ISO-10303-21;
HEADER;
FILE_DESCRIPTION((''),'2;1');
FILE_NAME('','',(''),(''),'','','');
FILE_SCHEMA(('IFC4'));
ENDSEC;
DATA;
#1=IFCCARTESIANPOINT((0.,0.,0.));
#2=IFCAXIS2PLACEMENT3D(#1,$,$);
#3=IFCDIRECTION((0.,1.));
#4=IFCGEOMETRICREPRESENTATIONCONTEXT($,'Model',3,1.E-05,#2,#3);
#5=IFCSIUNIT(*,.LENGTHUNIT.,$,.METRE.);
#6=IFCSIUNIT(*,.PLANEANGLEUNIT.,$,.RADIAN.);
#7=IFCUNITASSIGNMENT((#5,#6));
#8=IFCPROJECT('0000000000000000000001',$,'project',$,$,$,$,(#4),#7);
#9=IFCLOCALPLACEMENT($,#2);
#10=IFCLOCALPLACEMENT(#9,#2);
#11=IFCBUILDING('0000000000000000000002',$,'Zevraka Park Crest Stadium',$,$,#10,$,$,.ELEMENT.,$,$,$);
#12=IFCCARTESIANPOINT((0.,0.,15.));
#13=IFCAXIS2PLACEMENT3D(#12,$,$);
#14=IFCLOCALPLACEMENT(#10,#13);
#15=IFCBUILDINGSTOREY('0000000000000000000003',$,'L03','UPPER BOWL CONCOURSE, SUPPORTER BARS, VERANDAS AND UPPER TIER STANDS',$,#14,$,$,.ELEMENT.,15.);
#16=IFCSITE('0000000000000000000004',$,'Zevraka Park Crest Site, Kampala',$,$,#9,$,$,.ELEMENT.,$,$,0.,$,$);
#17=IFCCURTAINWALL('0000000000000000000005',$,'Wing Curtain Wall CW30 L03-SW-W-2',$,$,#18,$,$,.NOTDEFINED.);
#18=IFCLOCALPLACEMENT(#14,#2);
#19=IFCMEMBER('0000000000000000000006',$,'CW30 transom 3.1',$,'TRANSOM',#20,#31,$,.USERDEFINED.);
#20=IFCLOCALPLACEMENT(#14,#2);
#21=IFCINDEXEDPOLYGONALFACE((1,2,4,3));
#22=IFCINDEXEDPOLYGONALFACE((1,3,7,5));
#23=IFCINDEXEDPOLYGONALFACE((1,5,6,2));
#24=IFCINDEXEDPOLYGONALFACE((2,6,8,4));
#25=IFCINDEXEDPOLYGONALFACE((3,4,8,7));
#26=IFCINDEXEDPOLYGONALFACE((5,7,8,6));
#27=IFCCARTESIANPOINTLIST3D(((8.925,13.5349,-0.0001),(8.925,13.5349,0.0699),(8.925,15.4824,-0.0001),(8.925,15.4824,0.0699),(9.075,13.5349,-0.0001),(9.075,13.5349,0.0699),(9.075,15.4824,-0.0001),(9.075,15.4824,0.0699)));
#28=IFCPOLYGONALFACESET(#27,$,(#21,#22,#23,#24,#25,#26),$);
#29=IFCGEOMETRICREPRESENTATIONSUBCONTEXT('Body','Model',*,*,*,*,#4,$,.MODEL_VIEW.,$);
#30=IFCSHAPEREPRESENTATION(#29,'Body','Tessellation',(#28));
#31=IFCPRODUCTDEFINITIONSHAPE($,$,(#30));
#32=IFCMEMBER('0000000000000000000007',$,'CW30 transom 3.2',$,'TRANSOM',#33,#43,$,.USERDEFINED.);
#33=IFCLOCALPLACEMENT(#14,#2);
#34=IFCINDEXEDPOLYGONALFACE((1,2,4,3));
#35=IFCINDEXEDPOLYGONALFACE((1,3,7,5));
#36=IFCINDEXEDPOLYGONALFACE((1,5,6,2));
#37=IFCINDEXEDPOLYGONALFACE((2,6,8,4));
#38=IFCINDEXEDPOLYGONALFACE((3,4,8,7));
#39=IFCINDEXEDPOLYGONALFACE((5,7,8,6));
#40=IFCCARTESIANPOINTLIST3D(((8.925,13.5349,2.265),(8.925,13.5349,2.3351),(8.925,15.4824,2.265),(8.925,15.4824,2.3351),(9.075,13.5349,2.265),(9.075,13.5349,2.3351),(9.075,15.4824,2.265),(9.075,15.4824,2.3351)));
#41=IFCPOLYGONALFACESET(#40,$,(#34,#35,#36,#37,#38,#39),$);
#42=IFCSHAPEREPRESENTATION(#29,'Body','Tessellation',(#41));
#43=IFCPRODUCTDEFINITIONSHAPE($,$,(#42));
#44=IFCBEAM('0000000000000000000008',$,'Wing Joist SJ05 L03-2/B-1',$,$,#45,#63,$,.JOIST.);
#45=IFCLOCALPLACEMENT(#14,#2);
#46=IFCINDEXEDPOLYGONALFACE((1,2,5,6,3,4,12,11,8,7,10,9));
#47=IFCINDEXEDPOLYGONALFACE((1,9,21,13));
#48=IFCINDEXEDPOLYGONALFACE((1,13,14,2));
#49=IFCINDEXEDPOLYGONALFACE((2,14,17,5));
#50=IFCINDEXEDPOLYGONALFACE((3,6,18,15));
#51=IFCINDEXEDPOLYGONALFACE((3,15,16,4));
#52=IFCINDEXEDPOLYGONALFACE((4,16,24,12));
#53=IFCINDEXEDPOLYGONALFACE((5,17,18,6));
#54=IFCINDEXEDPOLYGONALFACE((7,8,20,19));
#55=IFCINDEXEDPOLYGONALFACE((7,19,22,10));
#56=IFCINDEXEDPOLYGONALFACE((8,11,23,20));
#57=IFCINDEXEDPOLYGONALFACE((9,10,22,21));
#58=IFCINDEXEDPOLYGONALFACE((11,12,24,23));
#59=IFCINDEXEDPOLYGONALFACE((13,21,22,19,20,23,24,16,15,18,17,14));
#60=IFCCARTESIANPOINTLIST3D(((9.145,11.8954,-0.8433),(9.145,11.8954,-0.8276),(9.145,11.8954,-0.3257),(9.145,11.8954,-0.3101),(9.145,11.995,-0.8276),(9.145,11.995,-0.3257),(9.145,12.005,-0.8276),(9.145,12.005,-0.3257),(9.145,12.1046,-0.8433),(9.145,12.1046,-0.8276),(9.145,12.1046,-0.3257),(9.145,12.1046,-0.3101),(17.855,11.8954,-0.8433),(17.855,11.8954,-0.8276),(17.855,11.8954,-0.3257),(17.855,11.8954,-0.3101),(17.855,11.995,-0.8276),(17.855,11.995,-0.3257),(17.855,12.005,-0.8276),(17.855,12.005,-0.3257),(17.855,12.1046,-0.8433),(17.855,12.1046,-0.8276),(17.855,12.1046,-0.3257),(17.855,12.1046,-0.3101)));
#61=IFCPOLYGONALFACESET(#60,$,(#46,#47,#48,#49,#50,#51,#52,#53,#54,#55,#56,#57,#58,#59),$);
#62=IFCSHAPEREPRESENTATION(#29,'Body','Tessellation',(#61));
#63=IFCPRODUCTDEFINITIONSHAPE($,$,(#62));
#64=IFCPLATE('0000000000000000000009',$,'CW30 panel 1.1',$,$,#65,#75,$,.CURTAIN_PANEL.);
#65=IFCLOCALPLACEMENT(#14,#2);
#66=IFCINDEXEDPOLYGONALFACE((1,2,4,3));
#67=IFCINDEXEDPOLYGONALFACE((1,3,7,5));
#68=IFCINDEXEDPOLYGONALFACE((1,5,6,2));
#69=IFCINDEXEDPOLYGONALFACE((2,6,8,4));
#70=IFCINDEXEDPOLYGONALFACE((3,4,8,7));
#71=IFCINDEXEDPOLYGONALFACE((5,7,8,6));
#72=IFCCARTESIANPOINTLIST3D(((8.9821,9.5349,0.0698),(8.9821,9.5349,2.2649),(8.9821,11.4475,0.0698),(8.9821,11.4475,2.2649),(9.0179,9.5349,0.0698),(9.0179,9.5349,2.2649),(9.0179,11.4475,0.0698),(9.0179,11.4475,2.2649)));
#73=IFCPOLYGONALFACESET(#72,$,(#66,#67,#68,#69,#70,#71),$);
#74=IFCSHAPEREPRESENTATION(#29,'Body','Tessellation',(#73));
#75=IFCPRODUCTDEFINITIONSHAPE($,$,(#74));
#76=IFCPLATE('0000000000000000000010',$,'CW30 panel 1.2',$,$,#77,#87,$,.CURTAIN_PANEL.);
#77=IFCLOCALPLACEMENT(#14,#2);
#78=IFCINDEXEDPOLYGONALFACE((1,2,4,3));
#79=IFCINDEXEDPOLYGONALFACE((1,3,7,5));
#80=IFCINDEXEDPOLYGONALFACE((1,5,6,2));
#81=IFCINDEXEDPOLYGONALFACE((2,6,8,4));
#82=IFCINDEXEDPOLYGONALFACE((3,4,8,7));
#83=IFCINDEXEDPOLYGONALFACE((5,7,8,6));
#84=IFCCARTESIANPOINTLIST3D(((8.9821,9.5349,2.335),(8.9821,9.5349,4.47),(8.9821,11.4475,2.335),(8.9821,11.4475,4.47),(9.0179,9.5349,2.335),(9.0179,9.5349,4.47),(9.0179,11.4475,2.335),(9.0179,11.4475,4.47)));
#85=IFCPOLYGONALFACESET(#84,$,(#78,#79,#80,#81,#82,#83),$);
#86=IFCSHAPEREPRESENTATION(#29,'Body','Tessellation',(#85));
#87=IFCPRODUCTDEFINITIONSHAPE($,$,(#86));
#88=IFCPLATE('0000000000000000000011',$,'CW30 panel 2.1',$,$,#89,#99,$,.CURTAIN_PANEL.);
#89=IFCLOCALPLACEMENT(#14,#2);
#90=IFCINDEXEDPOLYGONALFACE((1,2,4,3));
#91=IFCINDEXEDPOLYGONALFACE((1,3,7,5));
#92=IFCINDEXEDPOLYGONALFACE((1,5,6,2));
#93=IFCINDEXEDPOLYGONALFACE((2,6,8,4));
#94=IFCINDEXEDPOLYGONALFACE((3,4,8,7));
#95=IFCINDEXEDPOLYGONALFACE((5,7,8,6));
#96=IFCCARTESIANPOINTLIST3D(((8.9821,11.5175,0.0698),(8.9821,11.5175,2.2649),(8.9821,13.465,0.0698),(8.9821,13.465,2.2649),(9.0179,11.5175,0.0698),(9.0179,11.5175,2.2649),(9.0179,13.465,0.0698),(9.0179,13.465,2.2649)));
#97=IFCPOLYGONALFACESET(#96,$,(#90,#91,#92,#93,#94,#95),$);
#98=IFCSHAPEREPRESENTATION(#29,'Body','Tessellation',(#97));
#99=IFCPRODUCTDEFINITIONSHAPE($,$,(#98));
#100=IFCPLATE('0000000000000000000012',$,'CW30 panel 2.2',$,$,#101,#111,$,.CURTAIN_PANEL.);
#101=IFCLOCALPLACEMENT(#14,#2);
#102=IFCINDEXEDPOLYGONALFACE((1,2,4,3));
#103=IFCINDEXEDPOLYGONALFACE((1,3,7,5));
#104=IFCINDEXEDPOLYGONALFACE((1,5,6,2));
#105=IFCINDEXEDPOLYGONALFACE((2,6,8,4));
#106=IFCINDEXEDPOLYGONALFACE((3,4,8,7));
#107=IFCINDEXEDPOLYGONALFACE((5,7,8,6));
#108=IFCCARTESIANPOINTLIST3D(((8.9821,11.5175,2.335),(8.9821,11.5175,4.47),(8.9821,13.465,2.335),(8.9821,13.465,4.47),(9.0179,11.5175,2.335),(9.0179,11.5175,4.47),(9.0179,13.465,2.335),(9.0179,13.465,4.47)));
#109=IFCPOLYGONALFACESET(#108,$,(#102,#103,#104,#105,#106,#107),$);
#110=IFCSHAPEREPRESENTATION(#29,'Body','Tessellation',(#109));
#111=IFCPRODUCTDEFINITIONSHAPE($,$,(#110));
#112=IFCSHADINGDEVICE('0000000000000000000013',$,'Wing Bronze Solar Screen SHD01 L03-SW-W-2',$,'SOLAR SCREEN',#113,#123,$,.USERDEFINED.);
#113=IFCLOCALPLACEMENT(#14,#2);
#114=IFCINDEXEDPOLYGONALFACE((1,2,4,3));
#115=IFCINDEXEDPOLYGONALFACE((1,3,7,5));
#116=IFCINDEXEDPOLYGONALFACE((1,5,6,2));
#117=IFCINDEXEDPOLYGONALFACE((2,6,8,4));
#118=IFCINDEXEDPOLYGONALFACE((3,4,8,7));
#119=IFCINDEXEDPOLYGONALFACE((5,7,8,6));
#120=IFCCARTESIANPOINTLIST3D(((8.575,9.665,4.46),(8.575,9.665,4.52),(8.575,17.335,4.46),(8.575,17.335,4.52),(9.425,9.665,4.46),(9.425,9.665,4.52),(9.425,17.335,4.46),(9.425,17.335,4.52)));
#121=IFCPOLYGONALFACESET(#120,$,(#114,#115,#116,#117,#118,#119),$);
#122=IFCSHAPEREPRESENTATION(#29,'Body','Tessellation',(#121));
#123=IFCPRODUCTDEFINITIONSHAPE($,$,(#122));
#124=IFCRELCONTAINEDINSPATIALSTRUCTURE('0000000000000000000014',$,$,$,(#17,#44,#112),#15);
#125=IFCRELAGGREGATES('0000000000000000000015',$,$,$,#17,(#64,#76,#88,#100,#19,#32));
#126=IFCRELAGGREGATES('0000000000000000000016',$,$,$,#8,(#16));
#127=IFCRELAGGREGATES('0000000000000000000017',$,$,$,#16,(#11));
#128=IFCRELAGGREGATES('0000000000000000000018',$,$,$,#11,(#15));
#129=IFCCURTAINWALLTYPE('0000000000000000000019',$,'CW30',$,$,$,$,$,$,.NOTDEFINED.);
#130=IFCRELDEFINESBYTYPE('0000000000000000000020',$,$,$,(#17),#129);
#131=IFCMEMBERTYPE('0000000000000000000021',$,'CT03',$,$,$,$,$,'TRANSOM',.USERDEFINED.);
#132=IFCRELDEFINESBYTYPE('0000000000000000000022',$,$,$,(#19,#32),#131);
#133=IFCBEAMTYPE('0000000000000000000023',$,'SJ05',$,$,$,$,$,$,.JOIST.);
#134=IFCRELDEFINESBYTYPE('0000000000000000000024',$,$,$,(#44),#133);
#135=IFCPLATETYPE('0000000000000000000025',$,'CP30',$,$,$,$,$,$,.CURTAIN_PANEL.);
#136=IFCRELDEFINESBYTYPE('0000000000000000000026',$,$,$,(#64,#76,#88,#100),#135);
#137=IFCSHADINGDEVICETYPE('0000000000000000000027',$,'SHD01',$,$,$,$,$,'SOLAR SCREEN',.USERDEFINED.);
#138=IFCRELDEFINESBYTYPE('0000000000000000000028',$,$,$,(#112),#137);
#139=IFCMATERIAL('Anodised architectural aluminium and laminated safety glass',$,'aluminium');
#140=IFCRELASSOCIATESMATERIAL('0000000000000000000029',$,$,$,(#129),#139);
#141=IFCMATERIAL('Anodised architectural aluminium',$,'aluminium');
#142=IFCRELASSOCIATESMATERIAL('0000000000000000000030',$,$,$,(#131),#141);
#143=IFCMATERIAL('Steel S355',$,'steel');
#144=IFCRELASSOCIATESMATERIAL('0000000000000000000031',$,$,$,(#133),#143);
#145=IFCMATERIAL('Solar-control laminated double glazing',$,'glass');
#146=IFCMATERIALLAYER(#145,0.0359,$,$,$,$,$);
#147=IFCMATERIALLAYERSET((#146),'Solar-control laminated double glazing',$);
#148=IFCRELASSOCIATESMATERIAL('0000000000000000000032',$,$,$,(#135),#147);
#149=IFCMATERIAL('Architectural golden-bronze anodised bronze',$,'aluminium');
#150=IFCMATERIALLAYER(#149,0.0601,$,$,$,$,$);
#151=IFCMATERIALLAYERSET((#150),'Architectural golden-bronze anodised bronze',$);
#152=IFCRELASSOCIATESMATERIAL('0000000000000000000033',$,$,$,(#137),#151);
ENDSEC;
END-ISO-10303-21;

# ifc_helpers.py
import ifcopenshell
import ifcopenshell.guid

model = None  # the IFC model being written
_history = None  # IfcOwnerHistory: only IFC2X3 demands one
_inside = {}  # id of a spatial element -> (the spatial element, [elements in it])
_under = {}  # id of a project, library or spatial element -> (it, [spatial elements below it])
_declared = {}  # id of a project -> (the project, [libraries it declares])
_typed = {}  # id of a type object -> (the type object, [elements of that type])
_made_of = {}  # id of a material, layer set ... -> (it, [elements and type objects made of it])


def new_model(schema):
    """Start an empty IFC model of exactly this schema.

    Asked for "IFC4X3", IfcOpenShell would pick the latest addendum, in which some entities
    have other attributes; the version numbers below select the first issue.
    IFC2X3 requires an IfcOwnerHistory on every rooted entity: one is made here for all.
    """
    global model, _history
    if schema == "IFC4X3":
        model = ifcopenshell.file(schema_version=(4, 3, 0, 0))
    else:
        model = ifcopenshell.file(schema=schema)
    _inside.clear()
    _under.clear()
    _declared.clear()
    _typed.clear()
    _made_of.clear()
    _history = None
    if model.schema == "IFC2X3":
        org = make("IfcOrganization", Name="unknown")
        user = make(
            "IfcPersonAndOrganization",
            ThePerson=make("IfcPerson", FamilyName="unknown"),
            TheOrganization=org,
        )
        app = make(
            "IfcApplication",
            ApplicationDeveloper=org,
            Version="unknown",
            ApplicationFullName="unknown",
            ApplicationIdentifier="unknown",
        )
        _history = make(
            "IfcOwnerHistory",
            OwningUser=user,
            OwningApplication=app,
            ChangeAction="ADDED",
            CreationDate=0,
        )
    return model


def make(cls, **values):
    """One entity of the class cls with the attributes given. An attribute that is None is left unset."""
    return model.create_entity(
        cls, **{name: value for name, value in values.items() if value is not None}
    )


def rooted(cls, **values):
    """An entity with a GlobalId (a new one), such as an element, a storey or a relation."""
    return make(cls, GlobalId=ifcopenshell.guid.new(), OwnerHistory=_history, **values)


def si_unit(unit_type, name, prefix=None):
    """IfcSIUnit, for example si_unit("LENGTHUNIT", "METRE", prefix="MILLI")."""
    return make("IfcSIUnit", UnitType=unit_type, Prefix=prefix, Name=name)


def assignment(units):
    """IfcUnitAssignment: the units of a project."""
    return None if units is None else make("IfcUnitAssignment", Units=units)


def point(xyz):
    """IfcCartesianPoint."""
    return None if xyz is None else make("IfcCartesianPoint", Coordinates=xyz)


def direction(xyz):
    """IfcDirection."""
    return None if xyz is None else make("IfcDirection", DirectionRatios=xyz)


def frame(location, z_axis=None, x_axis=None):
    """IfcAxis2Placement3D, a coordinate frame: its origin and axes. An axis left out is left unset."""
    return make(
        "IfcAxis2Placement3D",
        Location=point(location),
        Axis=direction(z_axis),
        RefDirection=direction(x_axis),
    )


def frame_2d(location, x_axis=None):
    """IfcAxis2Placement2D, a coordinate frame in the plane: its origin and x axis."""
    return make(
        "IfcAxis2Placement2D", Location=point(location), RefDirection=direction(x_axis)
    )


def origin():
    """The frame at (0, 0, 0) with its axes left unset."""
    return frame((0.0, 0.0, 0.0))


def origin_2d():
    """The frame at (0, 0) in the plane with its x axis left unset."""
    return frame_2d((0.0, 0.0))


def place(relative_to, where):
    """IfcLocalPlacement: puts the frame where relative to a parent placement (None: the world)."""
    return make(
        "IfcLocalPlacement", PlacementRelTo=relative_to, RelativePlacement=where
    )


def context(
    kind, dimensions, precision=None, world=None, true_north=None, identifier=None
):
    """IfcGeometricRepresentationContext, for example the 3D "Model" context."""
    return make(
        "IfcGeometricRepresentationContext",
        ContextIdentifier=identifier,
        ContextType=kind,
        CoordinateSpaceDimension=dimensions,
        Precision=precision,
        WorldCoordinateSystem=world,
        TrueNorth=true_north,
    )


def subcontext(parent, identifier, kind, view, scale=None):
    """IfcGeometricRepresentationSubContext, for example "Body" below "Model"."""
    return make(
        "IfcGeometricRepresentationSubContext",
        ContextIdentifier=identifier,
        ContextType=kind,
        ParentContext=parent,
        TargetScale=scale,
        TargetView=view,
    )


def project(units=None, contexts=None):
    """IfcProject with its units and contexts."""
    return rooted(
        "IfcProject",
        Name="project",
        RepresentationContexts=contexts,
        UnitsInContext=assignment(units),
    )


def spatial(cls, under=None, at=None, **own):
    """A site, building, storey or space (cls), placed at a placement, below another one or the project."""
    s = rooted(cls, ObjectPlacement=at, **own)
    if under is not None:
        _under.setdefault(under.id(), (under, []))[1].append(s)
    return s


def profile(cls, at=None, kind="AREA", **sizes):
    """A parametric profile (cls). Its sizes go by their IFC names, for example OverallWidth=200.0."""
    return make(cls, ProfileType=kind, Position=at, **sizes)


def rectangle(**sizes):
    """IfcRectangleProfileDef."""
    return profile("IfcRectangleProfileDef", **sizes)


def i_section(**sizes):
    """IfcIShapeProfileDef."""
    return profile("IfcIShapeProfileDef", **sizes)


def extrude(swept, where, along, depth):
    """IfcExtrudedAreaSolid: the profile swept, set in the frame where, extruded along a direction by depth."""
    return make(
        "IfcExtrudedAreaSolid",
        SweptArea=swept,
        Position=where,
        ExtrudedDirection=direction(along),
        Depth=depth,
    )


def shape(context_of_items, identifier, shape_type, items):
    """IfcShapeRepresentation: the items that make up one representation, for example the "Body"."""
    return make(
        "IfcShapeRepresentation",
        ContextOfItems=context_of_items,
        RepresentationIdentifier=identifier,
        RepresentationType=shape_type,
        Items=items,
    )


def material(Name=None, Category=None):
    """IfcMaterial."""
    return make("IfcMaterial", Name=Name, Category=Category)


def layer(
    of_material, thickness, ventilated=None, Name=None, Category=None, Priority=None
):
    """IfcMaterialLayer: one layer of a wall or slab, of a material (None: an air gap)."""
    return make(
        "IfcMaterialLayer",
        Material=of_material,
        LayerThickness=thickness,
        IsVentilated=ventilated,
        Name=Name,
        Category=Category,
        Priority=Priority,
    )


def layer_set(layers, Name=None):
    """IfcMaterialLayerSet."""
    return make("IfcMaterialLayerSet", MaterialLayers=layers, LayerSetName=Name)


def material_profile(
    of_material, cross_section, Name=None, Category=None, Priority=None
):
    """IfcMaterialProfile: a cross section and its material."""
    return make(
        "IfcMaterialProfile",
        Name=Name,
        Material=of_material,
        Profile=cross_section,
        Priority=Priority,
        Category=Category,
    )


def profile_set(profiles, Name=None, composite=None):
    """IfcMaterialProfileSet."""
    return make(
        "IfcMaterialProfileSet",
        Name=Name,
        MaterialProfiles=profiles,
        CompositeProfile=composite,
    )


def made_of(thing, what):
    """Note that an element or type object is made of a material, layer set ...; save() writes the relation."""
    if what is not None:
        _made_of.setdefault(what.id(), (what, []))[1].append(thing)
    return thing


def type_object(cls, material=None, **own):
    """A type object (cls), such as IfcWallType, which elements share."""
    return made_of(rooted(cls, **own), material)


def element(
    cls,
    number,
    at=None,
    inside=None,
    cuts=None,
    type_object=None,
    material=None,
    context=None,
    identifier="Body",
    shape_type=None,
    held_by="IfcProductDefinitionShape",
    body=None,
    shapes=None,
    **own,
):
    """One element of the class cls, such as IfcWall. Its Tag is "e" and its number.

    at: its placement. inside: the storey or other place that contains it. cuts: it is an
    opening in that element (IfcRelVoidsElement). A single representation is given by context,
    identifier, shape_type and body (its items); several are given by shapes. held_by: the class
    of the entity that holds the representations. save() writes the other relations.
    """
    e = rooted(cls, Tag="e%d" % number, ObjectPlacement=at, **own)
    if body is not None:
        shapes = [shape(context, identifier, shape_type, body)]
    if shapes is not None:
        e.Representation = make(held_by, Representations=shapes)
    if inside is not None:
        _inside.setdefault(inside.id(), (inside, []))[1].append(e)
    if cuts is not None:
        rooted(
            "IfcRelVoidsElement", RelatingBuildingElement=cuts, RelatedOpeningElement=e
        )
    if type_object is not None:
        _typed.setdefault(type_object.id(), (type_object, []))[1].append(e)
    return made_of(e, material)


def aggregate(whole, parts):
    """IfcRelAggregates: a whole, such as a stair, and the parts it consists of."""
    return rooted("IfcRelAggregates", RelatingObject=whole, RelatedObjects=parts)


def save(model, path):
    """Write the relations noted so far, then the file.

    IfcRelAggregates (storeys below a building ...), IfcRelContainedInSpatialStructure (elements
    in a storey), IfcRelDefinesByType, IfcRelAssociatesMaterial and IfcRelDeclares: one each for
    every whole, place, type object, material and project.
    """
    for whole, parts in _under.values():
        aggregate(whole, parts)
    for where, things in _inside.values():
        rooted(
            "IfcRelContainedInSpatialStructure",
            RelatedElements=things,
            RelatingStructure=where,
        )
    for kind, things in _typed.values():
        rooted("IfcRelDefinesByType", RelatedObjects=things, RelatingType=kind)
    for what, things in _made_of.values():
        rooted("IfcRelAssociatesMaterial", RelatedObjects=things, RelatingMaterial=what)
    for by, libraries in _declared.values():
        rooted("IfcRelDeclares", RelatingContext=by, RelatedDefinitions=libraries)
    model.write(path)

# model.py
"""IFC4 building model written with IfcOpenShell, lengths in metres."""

from ifc_helpers import new_model, si_unit, direction, frame, origin, origin_2d, place, context, subcontext, project, spatial, rectangle, i_section, extrude, material, layer, layer_set, material_profile, profile_set, type_object, element, aggregate, save


model = new_model("IFC4")

# Units and contexts
model_context = context("Model", 3, precision=1e-05, world=origin(), true_north=direction((0.0, 1.0)))
body_context = subcontext(model_context, "Body", "Model", "MODEL_VIEW")
ifc_project = project(units=[si_unit("LENGTHUNIT", "METRE"), si_unit("PLANEANGLEUNIT", "RADIAN")], contexts=[model_context])

# Site, building, storey
site_placement = place(None, origin())
site = spatial("IfcSite", under=ifc_project, at=site_placement, Name="Zevraka Park Crest Site, Kampala", CompositionType="ELEMENT", RefElevation=0.0)
building_placement = place(site_placement, origin())
building = spatial("IfcBuilding", under=site, at=building_placement, Name="Zevraka Park Crest Stadium", CompositionType="ELEMENT")
storey_placement = place(building_placement, frame((0.0, 0.0, 15.0)))
storey = spatial("IfcBuildingStorey", under=building, at=storey_placement, Name="L03", Description="UPPER BOWL CONCOURSE, SUPPORTER BARS, VERANDAS AND UPPER TIER STANDS", CompositionType="ELEMENT", Elevation=15.0)

# Curtain wall, members
ifc_material_1 = material(Name="Anodised architectural aluminium and laminated safety glass", Category="aluminium")
curtain_wall_type = type_object("IfcCurtainWallType", Name="CW30", PredefinedType="NOTDEFINED", material=ifc_material_1)
curtain_wall_placement = place(storey_placement, origin())
curtain_wall = element("IfcCurtainWall", 1, at=curtain_wall_placement, inside=storey, type_object=curtain_wall_type, Name="Wing Curtain Wall CW30 L03-SW-W-2", PredefinedType="NOTDEFINED")
ifc_material_2 = material(Name="Anodised architectural aluminium", Category="aluminium")
ifc_material_profile_1 = material_profile(ifc_material_2, rectangle(XDim=0.1499, YDim=0.0701, at=origin_2d()), Name="ALU TRANSOM 150x70")
ifc_profile_set_1 = profile_set([ifc_material_profile_1], Name="Anodised architectural aluminium")
member_type_1 = type_object("IfcMemberType", Name="CT03", ElementType="TRANSOM", PredefinedType="USERDEFINED", material=ifc_profile_set_1)
member_1_placement = place(storey_placement, frame((9.0, 13.5349, 0.0349), z_axis=(0.0, 1.0, 0.0), x_axis=(-1.0, 0.0, 0.0)))
member_1 = element("IfcMember", 2, at=member_1_placement, type_object=member_type_1, Name="CW30 transom 3.1", ObjectType="TRANSOM", PredefinedType="USERDEFINED", context=body_context, shape_type="SweptSolid", body=[
    extrude(rectangle(XDim=0.1499, YDim=0.0701, at=origin_2d()), origin(), (0.0, 0.0, 1.0), 1.9475),
])
member_2_placement = place(storey_placement, frame((9.0, 13.5349, 2.3), z_axis=(0.0, 1.0, 0.0), x_axis=(-1.0, 0.0, 0.0)))
member_2 = element("IfcMember", 3, at=member_2_placement, type_object=member_type_1, Name="CW30 transom 3.2", ObjectType="TRANSOM", PredefinedType="USERDEFINED", context=body_context, shape_type="SweptSolid", body=[
    extrude(rectangle(XDim=0.1499, YDim=0.0701, at=origin_2d()), origin(), (0.0, 0.0, 1.0), 1.9475),
])

# Beam
ifc_material_3 = material(Name="Steel S355", Category="steel")
ifc_material_profile_2 = material_profile(ifc_material_3, i_section(OverallWidth=0.2092, OverallDepth=0.5332, WebThickness=0.01, FlangeThickness=0.0156, at=origin_2d()), Name="UKB 533x210x92")
ifc_profile_set_2 = profile_set([ifc_material_profile_2], Name="Steel S355")
beam_type_1 = type_object("IfcBeamType", Name="SJ05", PredefinedType="JOIST", material=ifc_profile_set_2)
beam_1_placement = place(storey_placement, frame((9.145, 12.0, -0.5767), z_axis=(1.0, 0.0, 0.0), x_axis=(0.0, 1.0, 0.0)))
element("IfcBeam", 4, at=beam_1_placement, inside=storey, type_object=beam_type_1, Name="Wing Joist SJ05 L03-2/B-1", PredefinedType="JOIST", context=body_context, shape_type="SweptSolid", body=[
    extrude(i_section(OverallWidth=0.2092, OverallDepth=0.5332, WebThickness=0.01, FlangeThickness=0.0156, at=origin_2d()), origin(), (0.0, 0.0, 1.0), 8.71),
])

# Plates
ifc_material_4 = material(Name="Solar-control laminated double glazing", Category="glass")
ifc_layer_1 = layer(ifc_material_4, 0.0359)
ifc_layer_set_1 = layer_set([ifc_layer_1], Name="Solar-control laminated double glazing")
plate_type = type_object("IfcPlateType", Name="CP30", PredefinedType="CURTAIN_PANEL", material=ifc_layer_set_1)
plate_1_placement = place(storey_placement, frame((9.0, 10.4912, 0.0698), z_axis=(0.0, 0.0, 1.0), x_axis=(0.0, 1.0, 0.0)))
plate_1 = element("IfcPlate", 5, at=plate_1_placement, type_object=plate_type, Name="CW30 panel 1.1", PredefinedType="CURTAIN_PANEL", context=body_context, shape_type="SweptSolid", body=[
    extrude(rectangle(XDim=1.9126, YDim=0.0359, at=origin_2d()), origin(), (0.0, 0.0, 1.0), 2.1951),
])
plate_2_placement = place(storey_placement, frame((9.0, 10.4912, 2.335), z_axis=(0.0, 0.0, 1.0), x_axis=(0.0, 1.0, 0.0)))
plate_2 = element("IfcPlate", 6, at=plate_2_placement, type_object=plate_type, Name="CW30 panel 1.2", PredefinedType="CURTAIN_PANEL", context=body_context, shape_type="SweptSolid", body=[
    extrude(rectangle(XDim=1.9126, YDim=0.0359, at=origin_2d()), origin(), (0.0, 0.0, 1.0), 2.135),
])
plate_3_placement = place(storey_placement, frame((9.0, 12.4912, 0.0698), z_axis=(0.0, 0.0, 1.0), x_axis=(0.0, 1.0, 0.0)))
plate_3 = element("IfcPlate", 7, at=plate_3_placement, type_object=plate_type, Name="CW30 panel 2.1", PredefinedType="CURTAIN_PANEL", context=body_context, shape_type="SweptSolid", body=[
    extrude(rectangle(XDim=1.9475, YDim=0.0359, at=origin_2d()), origin(), (0.0, 0.0, 1.0), 2.1951),
])
plate_4_placement = place(storey_placement, frame((9.0, 12.4912, 2.335), z_axis=(0.0, 0.0, 1.0), x_axis=(0.0, 1.0, 0.0)))
plate_4 = element("IfcPlate", 8, at=plate_4_placement, type_object=plate_type, Name="CW30 panel 2.2", PredefinedType="CURTAIN_PANEL", context=body_context, shape_type="SweptSolid", body=[
    extrude(rectangle(XDim=1.9475, YDim=0.0359, at=origin_2d()), origin(), (0.0, 0.0, 1.0), 2.135),
])
aggregate(curtain_wall, [plate_1, plate_2, plate_3, plate_4, member_1, member_2])

# Shading device
ifc_material_5 = material(Name="Architectural golden-bronze anodised bronze", Category="aluminium")
ifc_layer_2 = layer(ifc_material_5, 0.0601)
ifc_layer_set_2 = layer_set([ifc_layer_2], Name="Architectural golden-bronze anodised bronze")
shading_device_type = type_object("IfcShadingDeviceType", Name="SHD01", ElementType="SOLAR SCREEN", PredefinedType="USERDEFINED", material=ifc_layer_set_2)
shading_device_placement = place(storey_placement, frame((9.0, 13.5, 4.46), z_axis=(0.0, 0.0, 1.0), x_axis=(0.0, 1.0, 0.0)))
element("IfcShadingDevice", 9, at=shading_device_placement, inside=storey, type_object=shading_device_type, Name="Wing Bronze Solar Screen SHD01 L03-SW-W-2", ObjectType="SOLAR SCREEN", PredefinedType="USERDEFINED", context=body_context, shape_type="SweptSolid", body=[
    extrude(rectangle(XDim=7.6699, YDim=0.8501, at=origin_2d()), origin(), (0.0, 0.0, 1.0), 0.0601),
])

save(model, "model.ifc")
